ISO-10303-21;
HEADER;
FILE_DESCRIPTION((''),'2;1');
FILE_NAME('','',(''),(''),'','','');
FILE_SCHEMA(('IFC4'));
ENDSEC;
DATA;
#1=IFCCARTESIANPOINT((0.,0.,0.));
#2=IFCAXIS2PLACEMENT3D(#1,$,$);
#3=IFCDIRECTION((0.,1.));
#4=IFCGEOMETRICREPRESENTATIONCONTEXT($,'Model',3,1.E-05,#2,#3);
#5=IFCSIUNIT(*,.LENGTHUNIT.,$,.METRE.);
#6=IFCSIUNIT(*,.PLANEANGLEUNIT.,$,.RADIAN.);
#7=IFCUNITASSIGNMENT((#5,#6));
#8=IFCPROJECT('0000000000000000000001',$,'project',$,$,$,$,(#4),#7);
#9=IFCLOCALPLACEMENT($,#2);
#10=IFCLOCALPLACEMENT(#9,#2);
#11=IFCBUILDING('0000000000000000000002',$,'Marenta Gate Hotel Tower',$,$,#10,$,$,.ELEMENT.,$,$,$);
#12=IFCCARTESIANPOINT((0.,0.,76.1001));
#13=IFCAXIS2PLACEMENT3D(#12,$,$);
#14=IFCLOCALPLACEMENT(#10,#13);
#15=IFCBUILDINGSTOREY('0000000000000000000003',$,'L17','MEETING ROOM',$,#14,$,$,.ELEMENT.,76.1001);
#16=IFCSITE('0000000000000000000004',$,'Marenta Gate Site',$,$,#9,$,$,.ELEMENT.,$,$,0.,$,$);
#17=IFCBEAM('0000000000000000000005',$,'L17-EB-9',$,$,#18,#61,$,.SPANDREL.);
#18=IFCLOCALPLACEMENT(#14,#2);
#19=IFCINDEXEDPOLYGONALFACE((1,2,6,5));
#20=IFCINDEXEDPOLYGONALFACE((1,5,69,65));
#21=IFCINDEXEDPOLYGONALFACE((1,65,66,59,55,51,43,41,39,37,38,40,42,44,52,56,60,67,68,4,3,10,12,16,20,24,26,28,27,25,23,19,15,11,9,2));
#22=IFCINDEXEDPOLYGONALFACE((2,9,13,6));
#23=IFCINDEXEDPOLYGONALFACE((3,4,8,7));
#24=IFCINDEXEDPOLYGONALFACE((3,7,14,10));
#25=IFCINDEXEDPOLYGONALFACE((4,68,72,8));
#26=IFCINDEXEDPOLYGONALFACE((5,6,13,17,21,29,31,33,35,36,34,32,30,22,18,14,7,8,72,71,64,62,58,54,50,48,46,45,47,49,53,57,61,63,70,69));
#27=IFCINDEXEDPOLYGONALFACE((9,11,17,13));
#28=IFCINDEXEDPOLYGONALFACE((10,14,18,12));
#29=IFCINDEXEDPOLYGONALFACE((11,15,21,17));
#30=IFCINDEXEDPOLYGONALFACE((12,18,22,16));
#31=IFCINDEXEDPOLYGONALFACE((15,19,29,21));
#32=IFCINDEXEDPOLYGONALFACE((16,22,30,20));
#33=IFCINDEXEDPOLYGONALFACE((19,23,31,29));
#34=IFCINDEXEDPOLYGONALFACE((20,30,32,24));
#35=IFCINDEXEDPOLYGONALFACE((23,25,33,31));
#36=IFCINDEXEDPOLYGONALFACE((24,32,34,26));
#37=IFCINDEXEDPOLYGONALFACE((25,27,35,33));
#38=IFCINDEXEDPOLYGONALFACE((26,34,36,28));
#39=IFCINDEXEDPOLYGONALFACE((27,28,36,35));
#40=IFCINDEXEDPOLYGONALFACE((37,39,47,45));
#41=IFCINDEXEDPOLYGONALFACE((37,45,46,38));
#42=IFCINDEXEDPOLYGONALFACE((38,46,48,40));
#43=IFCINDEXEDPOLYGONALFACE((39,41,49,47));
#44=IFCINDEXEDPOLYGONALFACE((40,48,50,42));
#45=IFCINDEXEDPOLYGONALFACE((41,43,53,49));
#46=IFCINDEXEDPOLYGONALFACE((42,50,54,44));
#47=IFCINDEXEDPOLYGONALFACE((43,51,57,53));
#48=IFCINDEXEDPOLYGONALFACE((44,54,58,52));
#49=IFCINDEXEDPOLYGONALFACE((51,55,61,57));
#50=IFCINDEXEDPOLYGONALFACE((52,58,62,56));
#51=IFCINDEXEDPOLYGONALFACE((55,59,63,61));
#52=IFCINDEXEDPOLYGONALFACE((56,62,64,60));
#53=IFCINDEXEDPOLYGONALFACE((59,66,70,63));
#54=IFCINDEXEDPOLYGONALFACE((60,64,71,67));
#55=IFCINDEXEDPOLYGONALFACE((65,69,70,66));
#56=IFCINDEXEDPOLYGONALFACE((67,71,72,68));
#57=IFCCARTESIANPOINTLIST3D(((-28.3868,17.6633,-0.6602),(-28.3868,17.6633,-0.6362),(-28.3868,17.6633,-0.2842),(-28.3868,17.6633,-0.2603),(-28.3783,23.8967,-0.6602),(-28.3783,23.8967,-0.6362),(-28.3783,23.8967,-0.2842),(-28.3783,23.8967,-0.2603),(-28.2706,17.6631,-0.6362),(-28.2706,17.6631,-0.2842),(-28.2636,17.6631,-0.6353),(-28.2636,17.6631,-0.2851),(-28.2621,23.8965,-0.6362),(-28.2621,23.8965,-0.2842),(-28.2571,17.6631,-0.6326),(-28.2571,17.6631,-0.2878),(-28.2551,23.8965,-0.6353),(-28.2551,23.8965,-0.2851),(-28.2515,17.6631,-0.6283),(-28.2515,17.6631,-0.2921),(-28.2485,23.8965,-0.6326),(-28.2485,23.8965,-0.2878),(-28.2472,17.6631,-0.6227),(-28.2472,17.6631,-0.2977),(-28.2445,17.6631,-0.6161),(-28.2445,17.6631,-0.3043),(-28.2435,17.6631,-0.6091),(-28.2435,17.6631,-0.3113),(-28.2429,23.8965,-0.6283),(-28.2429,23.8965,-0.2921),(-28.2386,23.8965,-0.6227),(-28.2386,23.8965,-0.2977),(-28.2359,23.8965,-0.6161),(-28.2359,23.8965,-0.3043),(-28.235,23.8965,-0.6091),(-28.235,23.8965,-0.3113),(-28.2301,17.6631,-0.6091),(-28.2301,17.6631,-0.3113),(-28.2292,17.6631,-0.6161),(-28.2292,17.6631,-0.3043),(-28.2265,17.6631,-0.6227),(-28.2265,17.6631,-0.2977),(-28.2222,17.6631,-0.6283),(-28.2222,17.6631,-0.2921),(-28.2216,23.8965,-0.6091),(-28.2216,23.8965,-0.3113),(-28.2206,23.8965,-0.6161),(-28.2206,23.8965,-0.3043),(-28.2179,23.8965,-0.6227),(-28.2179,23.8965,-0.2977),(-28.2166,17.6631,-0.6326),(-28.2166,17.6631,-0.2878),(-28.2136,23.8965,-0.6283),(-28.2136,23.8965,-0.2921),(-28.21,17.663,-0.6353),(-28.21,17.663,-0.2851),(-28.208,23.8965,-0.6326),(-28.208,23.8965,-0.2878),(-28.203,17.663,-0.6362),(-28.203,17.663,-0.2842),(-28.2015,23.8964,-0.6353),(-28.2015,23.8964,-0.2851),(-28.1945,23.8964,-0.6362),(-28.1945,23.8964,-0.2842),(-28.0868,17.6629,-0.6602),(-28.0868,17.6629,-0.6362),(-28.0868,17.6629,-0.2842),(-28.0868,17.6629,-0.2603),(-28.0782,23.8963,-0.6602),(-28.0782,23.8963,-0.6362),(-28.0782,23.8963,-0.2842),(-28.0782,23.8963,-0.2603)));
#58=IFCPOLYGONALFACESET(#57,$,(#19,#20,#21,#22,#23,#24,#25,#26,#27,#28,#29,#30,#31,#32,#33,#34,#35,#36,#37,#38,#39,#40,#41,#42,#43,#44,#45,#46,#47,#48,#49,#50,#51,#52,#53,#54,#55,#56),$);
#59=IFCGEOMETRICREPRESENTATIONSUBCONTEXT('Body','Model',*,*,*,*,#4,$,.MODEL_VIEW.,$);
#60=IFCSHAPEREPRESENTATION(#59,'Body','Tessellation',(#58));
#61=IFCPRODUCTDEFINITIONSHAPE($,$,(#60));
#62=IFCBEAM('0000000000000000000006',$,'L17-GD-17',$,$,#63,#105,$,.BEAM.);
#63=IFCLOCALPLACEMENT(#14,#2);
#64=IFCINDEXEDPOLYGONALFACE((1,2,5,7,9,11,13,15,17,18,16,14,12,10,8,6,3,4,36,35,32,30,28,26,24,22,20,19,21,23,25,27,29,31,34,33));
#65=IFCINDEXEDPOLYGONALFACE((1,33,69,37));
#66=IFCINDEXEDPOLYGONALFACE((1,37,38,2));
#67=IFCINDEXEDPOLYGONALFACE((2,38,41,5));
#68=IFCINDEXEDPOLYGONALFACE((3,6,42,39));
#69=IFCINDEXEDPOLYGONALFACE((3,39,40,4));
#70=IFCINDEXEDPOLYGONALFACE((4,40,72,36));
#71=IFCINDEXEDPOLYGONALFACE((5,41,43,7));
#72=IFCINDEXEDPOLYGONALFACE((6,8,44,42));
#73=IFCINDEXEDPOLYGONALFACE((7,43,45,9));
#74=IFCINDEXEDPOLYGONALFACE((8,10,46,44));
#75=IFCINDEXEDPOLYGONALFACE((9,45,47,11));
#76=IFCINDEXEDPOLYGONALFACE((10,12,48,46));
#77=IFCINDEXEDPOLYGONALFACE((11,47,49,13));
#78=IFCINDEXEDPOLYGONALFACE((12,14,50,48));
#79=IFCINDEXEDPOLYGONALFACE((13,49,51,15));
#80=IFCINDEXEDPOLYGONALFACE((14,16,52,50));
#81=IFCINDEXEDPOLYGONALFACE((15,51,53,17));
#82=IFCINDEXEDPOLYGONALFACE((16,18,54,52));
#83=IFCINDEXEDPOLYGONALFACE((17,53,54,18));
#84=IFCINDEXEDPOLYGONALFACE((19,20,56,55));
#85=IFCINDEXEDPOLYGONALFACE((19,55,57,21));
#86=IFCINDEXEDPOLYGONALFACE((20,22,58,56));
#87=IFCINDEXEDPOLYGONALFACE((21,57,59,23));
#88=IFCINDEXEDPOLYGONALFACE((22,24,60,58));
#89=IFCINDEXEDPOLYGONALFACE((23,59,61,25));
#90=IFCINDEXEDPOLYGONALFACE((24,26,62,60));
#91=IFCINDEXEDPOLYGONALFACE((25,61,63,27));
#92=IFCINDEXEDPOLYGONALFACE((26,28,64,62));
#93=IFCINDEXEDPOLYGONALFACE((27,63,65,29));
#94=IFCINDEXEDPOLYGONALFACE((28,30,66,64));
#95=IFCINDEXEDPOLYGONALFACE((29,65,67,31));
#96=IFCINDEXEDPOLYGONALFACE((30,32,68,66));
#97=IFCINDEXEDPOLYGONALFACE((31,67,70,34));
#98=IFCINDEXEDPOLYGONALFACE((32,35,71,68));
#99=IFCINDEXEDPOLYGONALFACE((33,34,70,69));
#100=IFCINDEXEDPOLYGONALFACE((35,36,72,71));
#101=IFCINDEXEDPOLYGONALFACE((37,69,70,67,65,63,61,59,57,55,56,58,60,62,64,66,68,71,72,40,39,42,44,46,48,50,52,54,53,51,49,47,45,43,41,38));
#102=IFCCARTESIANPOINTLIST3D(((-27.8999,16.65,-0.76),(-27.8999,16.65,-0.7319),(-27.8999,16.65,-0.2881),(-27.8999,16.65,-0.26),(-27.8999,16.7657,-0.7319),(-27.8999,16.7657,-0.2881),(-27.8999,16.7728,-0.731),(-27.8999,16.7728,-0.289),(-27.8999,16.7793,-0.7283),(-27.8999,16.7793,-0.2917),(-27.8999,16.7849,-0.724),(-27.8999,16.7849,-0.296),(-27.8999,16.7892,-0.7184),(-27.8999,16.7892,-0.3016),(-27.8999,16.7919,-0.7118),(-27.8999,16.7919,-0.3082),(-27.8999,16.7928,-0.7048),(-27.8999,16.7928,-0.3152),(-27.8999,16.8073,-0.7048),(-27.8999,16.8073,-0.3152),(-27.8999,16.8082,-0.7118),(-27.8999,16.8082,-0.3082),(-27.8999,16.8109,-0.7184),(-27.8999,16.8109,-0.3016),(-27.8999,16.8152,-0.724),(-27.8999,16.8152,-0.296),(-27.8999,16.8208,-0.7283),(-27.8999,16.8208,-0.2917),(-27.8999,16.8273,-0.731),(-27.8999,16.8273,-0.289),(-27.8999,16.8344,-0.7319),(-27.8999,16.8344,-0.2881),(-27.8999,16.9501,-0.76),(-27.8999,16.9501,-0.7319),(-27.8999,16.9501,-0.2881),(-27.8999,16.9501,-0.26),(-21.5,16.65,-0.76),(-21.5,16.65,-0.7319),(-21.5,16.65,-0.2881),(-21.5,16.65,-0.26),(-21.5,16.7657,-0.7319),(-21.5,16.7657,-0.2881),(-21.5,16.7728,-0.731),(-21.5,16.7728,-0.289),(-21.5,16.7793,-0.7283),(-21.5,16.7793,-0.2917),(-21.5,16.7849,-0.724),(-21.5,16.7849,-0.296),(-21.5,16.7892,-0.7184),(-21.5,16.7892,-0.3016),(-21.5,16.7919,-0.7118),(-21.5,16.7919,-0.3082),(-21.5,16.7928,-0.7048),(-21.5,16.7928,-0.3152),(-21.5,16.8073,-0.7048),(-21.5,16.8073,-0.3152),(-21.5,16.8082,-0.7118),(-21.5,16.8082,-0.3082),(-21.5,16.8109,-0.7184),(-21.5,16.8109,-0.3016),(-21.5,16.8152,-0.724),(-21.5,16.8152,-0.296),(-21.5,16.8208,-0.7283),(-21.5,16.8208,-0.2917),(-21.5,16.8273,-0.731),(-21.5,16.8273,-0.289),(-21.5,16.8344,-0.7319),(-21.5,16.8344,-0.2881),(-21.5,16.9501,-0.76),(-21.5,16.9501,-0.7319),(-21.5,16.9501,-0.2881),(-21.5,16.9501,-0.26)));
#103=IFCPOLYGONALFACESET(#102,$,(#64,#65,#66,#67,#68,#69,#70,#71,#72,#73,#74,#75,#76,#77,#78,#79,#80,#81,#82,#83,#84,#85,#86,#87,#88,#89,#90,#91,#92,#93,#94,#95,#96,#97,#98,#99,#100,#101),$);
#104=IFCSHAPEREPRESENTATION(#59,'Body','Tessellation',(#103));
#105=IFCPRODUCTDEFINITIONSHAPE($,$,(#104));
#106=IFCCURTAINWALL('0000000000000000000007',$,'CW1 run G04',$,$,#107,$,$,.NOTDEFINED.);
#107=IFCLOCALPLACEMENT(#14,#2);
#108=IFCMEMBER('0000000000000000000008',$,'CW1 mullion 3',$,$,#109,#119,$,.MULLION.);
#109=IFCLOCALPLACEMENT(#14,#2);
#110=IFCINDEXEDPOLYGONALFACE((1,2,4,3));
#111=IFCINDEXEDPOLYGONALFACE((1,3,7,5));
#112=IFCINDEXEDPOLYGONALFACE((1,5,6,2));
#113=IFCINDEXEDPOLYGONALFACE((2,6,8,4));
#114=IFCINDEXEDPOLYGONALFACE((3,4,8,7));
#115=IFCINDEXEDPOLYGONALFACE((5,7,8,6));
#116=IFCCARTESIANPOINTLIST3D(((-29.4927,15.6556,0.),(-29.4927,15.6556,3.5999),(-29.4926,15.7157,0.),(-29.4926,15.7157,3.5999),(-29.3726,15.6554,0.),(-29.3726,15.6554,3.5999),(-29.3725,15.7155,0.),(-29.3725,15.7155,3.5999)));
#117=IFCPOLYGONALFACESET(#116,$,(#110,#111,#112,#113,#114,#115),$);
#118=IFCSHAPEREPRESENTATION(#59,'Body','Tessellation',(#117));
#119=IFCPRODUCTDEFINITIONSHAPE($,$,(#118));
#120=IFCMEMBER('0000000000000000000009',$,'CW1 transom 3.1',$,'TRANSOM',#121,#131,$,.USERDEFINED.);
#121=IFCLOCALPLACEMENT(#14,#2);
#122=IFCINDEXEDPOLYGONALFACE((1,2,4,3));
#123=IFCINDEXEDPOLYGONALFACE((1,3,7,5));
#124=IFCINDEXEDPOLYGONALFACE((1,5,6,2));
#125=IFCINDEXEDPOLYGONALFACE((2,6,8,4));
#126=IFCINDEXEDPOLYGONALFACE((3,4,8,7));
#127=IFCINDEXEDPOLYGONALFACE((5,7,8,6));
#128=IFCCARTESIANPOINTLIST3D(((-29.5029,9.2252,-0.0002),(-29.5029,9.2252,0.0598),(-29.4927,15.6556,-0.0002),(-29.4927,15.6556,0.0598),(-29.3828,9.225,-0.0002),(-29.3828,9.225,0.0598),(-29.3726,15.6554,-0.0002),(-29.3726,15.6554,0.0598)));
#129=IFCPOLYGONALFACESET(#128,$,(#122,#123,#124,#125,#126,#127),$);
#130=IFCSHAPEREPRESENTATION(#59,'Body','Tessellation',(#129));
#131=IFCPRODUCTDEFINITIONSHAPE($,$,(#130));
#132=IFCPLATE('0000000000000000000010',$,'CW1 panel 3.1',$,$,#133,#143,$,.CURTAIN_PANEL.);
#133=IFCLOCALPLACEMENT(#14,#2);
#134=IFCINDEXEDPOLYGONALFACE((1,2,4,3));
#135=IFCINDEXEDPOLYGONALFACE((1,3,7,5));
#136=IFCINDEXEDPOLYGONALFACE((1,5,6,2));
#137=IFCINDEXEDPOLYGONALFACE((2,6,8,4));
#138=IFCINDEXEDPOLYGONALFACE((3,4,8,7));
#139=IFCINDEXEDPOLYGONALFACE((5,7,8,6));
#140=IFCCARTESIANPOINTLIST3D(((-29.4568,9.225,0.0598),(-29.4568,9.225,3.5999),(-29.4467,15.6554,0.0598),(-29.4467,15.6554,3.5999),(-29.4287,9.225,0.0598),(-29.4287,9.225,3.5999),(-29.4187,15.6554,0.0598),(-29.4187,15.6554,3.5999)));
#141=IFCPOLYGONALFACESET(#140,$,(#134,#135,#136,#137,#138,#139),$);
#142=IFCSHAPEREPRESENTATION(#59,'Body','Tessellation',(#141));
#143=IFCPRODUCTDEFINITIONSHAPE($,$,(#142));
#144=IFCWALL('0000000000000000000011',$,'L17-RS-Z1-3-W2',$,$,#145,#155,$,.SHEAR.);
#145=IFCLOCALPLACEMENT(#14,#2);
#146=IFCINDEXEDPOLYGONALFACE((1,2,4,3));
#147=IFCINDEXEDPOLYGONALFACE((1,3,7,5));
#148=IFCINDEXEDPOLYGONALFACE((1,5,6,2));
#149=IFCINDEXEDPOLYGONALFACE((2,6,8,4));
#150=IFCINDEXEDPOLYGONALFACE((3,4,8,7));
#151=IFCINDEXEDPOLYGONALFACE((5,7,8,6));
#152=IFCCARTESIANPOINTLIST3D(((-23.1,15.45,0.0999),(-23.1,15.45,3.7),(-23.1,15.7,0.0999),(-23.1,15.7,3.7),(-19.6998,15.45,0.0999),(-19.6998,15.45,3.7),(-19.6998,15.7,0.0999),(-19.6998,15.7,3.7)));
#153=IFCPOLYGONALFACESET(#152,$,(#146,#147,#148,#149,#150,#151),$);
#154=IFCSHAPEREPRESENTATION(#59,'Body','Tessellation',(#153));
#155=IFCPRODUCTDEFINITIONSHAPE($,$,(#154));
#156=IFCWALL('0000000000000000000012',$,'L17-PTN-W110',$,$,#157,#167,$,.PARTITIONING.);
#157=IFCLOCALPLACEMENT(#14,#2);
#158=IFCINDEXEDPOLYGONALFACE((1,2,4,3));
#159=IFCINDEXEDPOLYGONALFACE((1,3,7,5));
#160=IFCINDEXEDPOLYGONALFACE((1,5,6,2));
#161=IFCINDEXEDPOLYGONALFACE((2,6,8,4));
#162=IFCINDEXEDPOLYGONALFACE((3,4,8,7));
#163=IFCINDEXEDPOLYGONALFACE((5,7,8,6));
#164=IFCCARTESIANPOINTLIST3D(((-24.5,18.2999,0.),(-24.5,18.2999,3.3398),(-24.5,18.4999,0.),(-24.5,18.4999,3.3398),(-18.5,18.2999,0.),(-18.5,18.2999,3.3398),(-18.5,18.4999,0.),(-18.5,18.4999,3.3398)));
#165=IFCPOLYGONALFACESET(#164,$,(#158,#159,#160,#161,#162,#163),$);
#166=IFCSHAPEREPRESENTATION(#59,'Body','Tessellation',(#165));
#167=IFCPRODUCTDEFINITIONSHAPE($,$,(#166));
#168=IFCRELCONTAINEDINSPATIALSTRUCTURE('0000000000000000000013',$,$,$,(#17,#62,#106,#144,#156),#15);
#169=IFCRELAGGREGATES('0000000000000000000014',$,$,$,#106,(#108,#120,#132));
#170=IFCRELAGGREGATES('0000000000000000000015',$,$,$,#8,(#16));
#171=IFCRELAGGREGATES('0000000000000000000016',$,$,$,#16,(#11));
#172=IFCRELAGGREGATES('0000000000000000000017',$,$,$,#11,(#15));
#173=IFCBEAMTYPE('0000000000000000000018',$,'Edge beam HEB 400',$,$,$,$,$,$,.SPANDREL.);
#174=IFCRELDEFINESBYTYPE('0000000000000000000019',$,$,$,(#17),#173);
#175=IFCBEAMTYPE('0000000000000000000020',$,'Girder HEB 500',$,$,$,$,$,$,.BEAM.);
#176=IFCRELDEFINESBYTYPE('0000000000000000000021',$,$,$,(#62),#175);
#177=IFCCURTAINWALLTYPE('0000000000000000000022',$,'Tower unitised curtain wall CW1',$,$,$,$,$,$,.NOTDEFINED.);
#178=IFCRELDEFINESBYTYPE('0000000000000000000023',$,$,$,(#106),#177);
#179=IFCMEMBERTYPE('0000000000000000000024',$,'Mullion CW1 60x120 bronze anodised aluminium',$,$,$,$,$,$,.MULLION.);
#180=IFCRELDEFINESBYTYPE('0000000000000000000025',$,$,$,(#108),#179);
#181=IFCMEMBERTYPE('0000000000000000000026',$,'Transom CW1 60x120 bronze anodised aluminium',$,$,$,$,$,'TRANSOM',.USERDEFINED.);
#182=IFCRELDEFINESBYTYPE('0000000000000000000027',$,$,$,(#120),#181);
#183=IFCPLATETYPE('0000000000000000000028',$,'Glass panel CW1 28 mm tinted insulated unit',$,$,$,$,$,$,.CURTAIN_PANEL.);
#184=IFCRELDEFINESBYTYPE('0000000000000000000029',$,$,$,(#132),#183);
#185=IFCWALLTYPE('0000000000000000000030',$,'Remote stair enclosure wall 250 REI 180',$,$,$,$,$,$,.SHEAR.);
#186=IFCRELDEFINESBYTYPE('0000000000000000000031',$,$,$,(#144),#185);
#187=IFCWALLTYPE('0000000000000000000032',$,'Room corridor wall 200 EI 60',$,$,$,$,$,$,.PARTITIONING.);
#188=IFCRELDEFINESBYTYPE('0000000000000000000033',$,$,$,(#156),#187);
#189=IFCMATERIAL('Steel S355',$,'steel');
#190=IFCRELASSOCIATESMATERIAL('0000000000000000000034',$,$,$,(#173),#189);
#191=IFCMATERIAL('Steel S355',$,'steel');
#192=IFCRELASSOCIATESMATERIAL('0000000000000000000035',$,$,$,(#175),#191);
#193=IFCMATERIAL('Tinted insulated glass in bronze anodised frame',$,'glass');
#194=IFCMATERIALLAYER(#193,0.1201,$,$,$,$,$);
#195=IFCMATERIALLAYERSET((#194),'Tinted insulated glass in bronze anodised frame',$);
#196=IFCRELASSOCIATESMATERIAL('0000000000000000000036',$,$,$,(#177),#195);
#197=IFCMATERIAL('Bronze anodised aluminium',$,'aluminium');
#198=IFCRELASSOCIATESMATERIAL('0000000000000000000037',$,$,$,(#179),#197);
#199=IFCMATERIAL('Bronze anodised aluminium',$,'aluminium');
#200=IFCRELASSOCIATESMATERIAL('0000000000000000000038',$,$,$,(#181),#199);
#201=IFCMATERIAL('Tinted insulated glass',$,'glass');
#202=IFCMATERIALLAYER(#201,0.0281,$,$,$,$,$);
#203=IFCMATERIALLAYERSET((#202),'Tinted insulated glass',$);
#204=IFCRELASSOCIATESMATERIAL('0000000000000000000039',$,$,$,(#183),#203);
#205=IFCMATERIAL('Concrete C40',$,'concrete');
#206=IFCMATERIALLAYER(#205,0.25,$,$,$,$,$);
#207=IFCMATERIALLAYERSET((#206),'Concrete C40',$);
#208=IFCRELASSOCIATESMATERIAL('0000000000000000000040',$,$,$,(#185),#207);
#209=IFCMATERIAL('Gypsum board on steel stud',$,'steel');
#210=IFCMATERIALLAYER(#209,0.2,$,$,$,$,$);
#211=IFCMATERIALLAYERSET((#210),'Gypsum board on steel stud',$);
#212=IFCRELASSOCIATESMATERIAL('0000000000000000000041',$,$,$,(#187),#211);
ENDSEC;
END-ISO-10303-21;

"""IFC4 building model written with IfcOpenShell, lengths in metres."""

from ifc_helpers import new_model, si_unit, direction, frame, frame_2d, origin, origin_2d, place, context, subcontext, project, spatial, rectangle, i_section, extrude, material, layer, layer_set, material_profile, profile_set, type_object, element, aggregate, save


model = new_model("IFC4")

# Units and contexts
model_context = context("Model", 3, precision=1e-05, world=origin(), true_north=direction((0.0, 1.0)))
body_context = subcontext(model_context, "Body", "Model", "MODEL_VIEW")
ifc_project = project(units=[si_unit("LENGTHUNIT", "METRE"), si_unit("PLANEANGLEUNIT", "RADIAN")], contexts=[model_context])

# Site, building, storey
site_placement = place(None, origin())
site = spatial("IfcSite", under=ifc_project, at=site_placement, Name="Marenta Gate Site", CompositionType="ELEMENT", RefElevation=0.0)
building_placement = place(site_placement, origin())
building = spatial("IfcBuilding", under=site, at=building_placement, Name="Marenta Gate Hotel Tower", CompositionType="ELEMENT")
storey_placement = place(building_placement, frame((0.0, 0.0, 76.1001)))
storey = spatial("IfcBuildingStorey", under=building, at=storey_placement, Name="L17", Description="MEETING ROOM", CompositionType="ELEMENT", Elevation=76.1001)

# Beams
ifc_material_1 = material(Name="Steel S355", Category="steel")
ifc_material_profile_1 = material_profile(ifc_material_1, i_section(OverallWidth=0.3, OverallDepth=0.3999, WebThickness=0.0134, FlangeThickness=0.0239, FilletRadius=0.0271, at=origin_2d()), Name="HEB 400")
ifc_profile_set_1 = profile_set([ifc_material_profile_1], Name="Steel S355")
beam_type_1 = type_object("IfcBeamType", Name="Edge beam HEB 400", PredefinedType="SPANDREL", material=ifc_profile_set_1)
beam_1_placement = place(storey_placement, frame((-28.2368, 17.6631, -0.4602), z_axis=(0.001371, 0.999999, 0.0), x_axis=(-0.999999, 0.001371, 0.0)))
element("IfcBeam", 1, at=beam_1_placement, inside=storey, type_object=beam_type_1, Name="L17-EB-9", PredefinedType="SPANDREL", context=body_context, shape_type="SweptSolid", body=[
    extrude(i_section(OverallWidth=0.3, OverallDepth=0.3999, WebThickness=0.0134, FlangeThickness=0.0239, FilletRadius=0.0271, at=origin_2d()), origin(), (0.0, 0.0, 1.0), 6.2334),
])
ifc_material_2 = material(Name="Steel S355", Category="steel")
ifc_material_profile_2 = material_profile(ifc_material_2, i_section(OverallWidth=0.3, OverallDepth=0.5, WebThickness=0.0144, FlangeThickness=0.0281, FilletRadius=0.0271, at=origin_2d()), Name="HEB 500")
ifc_profile_set_2 = profile_set([ifc_material_profile_2], Name="Steel S355")
beam_type_2 = type_object("IfcBeamType", Name="Girder HEB 500", PredefinedType="BEAM", material=ifc_profile_set_2)
beam_2_placement = place(storey_placement, frame((-27.8999, 16.8, -0.51), z_axis=(1.0, 0.0, 0.0), x_axis=(0.0, 1.0, 0.0)))
element("IfcBeam", 2, at=beam_2_placement, inside=storey, type_object=beam_type_2, Name="L17-GD-17", PredefinedType="BEAM", context=body_context, shape_type="SweptSolid", body=[
    extrude(i_section(OverallWidth=0.3, OverallDepth=0.5, WebThickness=0.0144, FlangeThickness=0.0281, FilletRadius=0.0271, at=origin_2d()), origin(), (0.0, 0.0, 1.0), 6.3999),
])

# Curtain wall, members, plate
ifc_material_3 = material(Name="Tinted insulated glass in bronze anodised frame", Category="glass")
ifc_layer_1 = layer(ifc_material_3, 0.1201)
ifc_layer_set_1 = layer_set([ifc_layer_1], Name="Tinted insulated glass in bronze anodised frame")
curtain_wall_type = type_object("IfcCurtainWallType", Name="Tower unitised curtain wall CW1", PredefinedType="NOTDEFINED", material=ifc_layer_set_1)
curtain_wall_placement = place(storey_placement, origin())
curtain_wall = element("IfcCurtainWall", 3, at=curtain_wall_placement, inside=storey, type_object=curtain_wall_type, Name="CW1 run G04", PredefinedType="NOTDEFINED")
ifc_material_4 = material(Name="Bronze anodised aluminium", Category="aluminium")
ifc_material_profile_3 = material_profile(ifc_material_4, rectangle(XDim=0.1201, YDim=0.0601, at=origin_2d()), Name="Mullion CW1 60x120 bronze anodised aluminium")
ifc_profile_set_3 = profile_set([ifc_material_profile_3], Name="Bronze anodised aluminium")
member_type_1 = type_object("IfcMemberType", Name="Mullion CW1 60x120 bronze anodised aluminium", PredefinedType="MULLION", material=ifc_profile_set_3)
member_1_placement = place(storey_placement, frame((-29.4326, 15.6855, 0.0), z_axis=(0.0, 0.0, 1.0), x_axis=(0.999999, -0.001566, 0.0)))
member_1 = element("IfcMember", 4, at=member_1_placement, type_object=member_type_1, Name="CW1 mullion 3", PredefinedType="MULLION", context=body_context, shape_type="SweptSolid", body=[
    extrude(rectangle(XDim=0.1201, YDim=0.0601, at=origin_2d()), origin(), (0.0, 0.0, 1.0), 3.5999),
])
ifc_material_5 = material(Name="Bronze anodised aluminium", Category="aluminium")
ifc_material_profile_4 = material_profile(ifc_material_5, rectangle(XDim=0.1201, YDim=0.0601, at=origin_2d()), Name="Transom CW1 60x120 bronze anodised aluminium")
ifc_profile_set_4 = profile_set([ifc_material_profile_4], Name="Bronze anodised aluminium")
member_type_2 = type_object("IfcMemberType", Name="Transom CW1 60x120 bronze anodised aluminium", ElementType="TRANSOM", PredefinedType="USERDEFINED", material=ifc_profile_set_4)
member_2_placement = place(storey_placement, frame((-29.4326, 15.6555, 0.0298), z_axis=(-0.001595, -0.999999, 0.0), x_axis=(0.999999, -0.001595, 0.0)))
member_2 = element("IfcMember", 5, at=member_2_placement, type_object=member_type_2, Name="CW1 transom 3.1", ObjectType="TRANSOM", PredefinedType="USERDEFINED", context=body_context, shape_type="SweptSolid", body=[
    extrude(rectangle(XDim=0.1201, YDim=0.0601, at=origin_2d()), origin(), (0.0, 0.0, 1.0), 6.4304),
])
ifc_material_6 = material(Name="Tinted insulated glass", Category="glass")
ifc_layer_2 = layer(ifc_material_6, 0.0281)
ifc_layer_set_2 = layer_set([ifc_layer_2], Name="Tinted insulated glass")
plate_type = type_object("IfcPlateType", Name="Glass panel CW1 28 mm tinted insulated unit", PredefinedType="CURTAIN_PANEL", material=ifc_layer_set_2)
plate_placement = place(storey_placement, frame((-29.4377, 12.4402, 0.0598), z_axis=(0.0, 0.0, 1.0), x_axis=(-0.001566, -0.999999, 0.0)))
plate = element("IfcPlate", 6, at=plate_placement, type_object=plate_type, Name="CW1 panel 3.1", PredefinedType="CURTAIN_PANEL", context=body_context, shape_type="SweptSolid", body=[
    extrude(rectangle(XDim=6.4304, YDim=0.0281, at=origin_2d()), origin(), (0.0, 0.0, 1.0), 3.54),
])
aggregate(curtain_wall, [member_1, member_2, plate])

# Walls
ifc_material_7 = material(Name="Concrete C40", Category="concrete")
ifc_layer_3 = layer(ifc_material_7, 0.25)
ifc_layer_set_3 = layer_set([ifc_layer_3], Name="Concrete C40")
wall_type_1 = type_object("IfcWallType", Name="Remote stair enclosure wall 250 REI 180", PredefinedType="SHEAR", material=ifc_layer_set_3)
wall_1_placement = place(storey_placement, frame((-23.1001, 15.575, 0.0999), z_axis=(0.0, 0.0, 1.0), x_axis=(1.0, 0.0, 0.0)))
element("IfcWall", 7, at=wall_1_placement, inside=storey, type_object=wall_type_1, Name="L17-RS-Z1-3-W2", PredefinedType="SHEAR", context=body_context, shape_type="SweptSolid", body=[
    extrude(rectangle(XDim=3.4001, YDim=0.25, at=frame_2d((1.7002, 0.0))), origin(), (0.0, 0.0, 1.0), 3.6001),
])
ifc_material_8 = material(Name="Gypsum board on steel stud", Category="steel")
ifc_layer_4 = layer(ifc_material_8, 0.2)
ifc_layer_set_4 = layer_set([ifc_layer_4], Name="Gypsum board on steel stud")
wall_type_2 = type_object("IfcWallType", Name="Room corridor wall 200 EI 60", PredefinedType="PARTITIONING", material=ifc_layer_set_4)
wall_2_placement = place(storey_placement, frame((-24.5, 18.3999, 0.0), z_axis=(0.0, 0.0, 1.0), x_axis=(1.0, 0.0, 0.0)))
element("IfcWall", 8, at=wall_2_placement, inside=storey, type_object=wall_type_2, Name="L17-PTN-W110", PredefinedType="PARTITIONING", context=body_context, shape_type="SweptSolid", body=[
    extrude(rectangle(XDim=6.0, YDim=0.2, at=frame_2d((3.0, 0.0))), origin(), (0.0, 0.0, 1.0), 3.3398),
])

save(model, "model.ifc")
